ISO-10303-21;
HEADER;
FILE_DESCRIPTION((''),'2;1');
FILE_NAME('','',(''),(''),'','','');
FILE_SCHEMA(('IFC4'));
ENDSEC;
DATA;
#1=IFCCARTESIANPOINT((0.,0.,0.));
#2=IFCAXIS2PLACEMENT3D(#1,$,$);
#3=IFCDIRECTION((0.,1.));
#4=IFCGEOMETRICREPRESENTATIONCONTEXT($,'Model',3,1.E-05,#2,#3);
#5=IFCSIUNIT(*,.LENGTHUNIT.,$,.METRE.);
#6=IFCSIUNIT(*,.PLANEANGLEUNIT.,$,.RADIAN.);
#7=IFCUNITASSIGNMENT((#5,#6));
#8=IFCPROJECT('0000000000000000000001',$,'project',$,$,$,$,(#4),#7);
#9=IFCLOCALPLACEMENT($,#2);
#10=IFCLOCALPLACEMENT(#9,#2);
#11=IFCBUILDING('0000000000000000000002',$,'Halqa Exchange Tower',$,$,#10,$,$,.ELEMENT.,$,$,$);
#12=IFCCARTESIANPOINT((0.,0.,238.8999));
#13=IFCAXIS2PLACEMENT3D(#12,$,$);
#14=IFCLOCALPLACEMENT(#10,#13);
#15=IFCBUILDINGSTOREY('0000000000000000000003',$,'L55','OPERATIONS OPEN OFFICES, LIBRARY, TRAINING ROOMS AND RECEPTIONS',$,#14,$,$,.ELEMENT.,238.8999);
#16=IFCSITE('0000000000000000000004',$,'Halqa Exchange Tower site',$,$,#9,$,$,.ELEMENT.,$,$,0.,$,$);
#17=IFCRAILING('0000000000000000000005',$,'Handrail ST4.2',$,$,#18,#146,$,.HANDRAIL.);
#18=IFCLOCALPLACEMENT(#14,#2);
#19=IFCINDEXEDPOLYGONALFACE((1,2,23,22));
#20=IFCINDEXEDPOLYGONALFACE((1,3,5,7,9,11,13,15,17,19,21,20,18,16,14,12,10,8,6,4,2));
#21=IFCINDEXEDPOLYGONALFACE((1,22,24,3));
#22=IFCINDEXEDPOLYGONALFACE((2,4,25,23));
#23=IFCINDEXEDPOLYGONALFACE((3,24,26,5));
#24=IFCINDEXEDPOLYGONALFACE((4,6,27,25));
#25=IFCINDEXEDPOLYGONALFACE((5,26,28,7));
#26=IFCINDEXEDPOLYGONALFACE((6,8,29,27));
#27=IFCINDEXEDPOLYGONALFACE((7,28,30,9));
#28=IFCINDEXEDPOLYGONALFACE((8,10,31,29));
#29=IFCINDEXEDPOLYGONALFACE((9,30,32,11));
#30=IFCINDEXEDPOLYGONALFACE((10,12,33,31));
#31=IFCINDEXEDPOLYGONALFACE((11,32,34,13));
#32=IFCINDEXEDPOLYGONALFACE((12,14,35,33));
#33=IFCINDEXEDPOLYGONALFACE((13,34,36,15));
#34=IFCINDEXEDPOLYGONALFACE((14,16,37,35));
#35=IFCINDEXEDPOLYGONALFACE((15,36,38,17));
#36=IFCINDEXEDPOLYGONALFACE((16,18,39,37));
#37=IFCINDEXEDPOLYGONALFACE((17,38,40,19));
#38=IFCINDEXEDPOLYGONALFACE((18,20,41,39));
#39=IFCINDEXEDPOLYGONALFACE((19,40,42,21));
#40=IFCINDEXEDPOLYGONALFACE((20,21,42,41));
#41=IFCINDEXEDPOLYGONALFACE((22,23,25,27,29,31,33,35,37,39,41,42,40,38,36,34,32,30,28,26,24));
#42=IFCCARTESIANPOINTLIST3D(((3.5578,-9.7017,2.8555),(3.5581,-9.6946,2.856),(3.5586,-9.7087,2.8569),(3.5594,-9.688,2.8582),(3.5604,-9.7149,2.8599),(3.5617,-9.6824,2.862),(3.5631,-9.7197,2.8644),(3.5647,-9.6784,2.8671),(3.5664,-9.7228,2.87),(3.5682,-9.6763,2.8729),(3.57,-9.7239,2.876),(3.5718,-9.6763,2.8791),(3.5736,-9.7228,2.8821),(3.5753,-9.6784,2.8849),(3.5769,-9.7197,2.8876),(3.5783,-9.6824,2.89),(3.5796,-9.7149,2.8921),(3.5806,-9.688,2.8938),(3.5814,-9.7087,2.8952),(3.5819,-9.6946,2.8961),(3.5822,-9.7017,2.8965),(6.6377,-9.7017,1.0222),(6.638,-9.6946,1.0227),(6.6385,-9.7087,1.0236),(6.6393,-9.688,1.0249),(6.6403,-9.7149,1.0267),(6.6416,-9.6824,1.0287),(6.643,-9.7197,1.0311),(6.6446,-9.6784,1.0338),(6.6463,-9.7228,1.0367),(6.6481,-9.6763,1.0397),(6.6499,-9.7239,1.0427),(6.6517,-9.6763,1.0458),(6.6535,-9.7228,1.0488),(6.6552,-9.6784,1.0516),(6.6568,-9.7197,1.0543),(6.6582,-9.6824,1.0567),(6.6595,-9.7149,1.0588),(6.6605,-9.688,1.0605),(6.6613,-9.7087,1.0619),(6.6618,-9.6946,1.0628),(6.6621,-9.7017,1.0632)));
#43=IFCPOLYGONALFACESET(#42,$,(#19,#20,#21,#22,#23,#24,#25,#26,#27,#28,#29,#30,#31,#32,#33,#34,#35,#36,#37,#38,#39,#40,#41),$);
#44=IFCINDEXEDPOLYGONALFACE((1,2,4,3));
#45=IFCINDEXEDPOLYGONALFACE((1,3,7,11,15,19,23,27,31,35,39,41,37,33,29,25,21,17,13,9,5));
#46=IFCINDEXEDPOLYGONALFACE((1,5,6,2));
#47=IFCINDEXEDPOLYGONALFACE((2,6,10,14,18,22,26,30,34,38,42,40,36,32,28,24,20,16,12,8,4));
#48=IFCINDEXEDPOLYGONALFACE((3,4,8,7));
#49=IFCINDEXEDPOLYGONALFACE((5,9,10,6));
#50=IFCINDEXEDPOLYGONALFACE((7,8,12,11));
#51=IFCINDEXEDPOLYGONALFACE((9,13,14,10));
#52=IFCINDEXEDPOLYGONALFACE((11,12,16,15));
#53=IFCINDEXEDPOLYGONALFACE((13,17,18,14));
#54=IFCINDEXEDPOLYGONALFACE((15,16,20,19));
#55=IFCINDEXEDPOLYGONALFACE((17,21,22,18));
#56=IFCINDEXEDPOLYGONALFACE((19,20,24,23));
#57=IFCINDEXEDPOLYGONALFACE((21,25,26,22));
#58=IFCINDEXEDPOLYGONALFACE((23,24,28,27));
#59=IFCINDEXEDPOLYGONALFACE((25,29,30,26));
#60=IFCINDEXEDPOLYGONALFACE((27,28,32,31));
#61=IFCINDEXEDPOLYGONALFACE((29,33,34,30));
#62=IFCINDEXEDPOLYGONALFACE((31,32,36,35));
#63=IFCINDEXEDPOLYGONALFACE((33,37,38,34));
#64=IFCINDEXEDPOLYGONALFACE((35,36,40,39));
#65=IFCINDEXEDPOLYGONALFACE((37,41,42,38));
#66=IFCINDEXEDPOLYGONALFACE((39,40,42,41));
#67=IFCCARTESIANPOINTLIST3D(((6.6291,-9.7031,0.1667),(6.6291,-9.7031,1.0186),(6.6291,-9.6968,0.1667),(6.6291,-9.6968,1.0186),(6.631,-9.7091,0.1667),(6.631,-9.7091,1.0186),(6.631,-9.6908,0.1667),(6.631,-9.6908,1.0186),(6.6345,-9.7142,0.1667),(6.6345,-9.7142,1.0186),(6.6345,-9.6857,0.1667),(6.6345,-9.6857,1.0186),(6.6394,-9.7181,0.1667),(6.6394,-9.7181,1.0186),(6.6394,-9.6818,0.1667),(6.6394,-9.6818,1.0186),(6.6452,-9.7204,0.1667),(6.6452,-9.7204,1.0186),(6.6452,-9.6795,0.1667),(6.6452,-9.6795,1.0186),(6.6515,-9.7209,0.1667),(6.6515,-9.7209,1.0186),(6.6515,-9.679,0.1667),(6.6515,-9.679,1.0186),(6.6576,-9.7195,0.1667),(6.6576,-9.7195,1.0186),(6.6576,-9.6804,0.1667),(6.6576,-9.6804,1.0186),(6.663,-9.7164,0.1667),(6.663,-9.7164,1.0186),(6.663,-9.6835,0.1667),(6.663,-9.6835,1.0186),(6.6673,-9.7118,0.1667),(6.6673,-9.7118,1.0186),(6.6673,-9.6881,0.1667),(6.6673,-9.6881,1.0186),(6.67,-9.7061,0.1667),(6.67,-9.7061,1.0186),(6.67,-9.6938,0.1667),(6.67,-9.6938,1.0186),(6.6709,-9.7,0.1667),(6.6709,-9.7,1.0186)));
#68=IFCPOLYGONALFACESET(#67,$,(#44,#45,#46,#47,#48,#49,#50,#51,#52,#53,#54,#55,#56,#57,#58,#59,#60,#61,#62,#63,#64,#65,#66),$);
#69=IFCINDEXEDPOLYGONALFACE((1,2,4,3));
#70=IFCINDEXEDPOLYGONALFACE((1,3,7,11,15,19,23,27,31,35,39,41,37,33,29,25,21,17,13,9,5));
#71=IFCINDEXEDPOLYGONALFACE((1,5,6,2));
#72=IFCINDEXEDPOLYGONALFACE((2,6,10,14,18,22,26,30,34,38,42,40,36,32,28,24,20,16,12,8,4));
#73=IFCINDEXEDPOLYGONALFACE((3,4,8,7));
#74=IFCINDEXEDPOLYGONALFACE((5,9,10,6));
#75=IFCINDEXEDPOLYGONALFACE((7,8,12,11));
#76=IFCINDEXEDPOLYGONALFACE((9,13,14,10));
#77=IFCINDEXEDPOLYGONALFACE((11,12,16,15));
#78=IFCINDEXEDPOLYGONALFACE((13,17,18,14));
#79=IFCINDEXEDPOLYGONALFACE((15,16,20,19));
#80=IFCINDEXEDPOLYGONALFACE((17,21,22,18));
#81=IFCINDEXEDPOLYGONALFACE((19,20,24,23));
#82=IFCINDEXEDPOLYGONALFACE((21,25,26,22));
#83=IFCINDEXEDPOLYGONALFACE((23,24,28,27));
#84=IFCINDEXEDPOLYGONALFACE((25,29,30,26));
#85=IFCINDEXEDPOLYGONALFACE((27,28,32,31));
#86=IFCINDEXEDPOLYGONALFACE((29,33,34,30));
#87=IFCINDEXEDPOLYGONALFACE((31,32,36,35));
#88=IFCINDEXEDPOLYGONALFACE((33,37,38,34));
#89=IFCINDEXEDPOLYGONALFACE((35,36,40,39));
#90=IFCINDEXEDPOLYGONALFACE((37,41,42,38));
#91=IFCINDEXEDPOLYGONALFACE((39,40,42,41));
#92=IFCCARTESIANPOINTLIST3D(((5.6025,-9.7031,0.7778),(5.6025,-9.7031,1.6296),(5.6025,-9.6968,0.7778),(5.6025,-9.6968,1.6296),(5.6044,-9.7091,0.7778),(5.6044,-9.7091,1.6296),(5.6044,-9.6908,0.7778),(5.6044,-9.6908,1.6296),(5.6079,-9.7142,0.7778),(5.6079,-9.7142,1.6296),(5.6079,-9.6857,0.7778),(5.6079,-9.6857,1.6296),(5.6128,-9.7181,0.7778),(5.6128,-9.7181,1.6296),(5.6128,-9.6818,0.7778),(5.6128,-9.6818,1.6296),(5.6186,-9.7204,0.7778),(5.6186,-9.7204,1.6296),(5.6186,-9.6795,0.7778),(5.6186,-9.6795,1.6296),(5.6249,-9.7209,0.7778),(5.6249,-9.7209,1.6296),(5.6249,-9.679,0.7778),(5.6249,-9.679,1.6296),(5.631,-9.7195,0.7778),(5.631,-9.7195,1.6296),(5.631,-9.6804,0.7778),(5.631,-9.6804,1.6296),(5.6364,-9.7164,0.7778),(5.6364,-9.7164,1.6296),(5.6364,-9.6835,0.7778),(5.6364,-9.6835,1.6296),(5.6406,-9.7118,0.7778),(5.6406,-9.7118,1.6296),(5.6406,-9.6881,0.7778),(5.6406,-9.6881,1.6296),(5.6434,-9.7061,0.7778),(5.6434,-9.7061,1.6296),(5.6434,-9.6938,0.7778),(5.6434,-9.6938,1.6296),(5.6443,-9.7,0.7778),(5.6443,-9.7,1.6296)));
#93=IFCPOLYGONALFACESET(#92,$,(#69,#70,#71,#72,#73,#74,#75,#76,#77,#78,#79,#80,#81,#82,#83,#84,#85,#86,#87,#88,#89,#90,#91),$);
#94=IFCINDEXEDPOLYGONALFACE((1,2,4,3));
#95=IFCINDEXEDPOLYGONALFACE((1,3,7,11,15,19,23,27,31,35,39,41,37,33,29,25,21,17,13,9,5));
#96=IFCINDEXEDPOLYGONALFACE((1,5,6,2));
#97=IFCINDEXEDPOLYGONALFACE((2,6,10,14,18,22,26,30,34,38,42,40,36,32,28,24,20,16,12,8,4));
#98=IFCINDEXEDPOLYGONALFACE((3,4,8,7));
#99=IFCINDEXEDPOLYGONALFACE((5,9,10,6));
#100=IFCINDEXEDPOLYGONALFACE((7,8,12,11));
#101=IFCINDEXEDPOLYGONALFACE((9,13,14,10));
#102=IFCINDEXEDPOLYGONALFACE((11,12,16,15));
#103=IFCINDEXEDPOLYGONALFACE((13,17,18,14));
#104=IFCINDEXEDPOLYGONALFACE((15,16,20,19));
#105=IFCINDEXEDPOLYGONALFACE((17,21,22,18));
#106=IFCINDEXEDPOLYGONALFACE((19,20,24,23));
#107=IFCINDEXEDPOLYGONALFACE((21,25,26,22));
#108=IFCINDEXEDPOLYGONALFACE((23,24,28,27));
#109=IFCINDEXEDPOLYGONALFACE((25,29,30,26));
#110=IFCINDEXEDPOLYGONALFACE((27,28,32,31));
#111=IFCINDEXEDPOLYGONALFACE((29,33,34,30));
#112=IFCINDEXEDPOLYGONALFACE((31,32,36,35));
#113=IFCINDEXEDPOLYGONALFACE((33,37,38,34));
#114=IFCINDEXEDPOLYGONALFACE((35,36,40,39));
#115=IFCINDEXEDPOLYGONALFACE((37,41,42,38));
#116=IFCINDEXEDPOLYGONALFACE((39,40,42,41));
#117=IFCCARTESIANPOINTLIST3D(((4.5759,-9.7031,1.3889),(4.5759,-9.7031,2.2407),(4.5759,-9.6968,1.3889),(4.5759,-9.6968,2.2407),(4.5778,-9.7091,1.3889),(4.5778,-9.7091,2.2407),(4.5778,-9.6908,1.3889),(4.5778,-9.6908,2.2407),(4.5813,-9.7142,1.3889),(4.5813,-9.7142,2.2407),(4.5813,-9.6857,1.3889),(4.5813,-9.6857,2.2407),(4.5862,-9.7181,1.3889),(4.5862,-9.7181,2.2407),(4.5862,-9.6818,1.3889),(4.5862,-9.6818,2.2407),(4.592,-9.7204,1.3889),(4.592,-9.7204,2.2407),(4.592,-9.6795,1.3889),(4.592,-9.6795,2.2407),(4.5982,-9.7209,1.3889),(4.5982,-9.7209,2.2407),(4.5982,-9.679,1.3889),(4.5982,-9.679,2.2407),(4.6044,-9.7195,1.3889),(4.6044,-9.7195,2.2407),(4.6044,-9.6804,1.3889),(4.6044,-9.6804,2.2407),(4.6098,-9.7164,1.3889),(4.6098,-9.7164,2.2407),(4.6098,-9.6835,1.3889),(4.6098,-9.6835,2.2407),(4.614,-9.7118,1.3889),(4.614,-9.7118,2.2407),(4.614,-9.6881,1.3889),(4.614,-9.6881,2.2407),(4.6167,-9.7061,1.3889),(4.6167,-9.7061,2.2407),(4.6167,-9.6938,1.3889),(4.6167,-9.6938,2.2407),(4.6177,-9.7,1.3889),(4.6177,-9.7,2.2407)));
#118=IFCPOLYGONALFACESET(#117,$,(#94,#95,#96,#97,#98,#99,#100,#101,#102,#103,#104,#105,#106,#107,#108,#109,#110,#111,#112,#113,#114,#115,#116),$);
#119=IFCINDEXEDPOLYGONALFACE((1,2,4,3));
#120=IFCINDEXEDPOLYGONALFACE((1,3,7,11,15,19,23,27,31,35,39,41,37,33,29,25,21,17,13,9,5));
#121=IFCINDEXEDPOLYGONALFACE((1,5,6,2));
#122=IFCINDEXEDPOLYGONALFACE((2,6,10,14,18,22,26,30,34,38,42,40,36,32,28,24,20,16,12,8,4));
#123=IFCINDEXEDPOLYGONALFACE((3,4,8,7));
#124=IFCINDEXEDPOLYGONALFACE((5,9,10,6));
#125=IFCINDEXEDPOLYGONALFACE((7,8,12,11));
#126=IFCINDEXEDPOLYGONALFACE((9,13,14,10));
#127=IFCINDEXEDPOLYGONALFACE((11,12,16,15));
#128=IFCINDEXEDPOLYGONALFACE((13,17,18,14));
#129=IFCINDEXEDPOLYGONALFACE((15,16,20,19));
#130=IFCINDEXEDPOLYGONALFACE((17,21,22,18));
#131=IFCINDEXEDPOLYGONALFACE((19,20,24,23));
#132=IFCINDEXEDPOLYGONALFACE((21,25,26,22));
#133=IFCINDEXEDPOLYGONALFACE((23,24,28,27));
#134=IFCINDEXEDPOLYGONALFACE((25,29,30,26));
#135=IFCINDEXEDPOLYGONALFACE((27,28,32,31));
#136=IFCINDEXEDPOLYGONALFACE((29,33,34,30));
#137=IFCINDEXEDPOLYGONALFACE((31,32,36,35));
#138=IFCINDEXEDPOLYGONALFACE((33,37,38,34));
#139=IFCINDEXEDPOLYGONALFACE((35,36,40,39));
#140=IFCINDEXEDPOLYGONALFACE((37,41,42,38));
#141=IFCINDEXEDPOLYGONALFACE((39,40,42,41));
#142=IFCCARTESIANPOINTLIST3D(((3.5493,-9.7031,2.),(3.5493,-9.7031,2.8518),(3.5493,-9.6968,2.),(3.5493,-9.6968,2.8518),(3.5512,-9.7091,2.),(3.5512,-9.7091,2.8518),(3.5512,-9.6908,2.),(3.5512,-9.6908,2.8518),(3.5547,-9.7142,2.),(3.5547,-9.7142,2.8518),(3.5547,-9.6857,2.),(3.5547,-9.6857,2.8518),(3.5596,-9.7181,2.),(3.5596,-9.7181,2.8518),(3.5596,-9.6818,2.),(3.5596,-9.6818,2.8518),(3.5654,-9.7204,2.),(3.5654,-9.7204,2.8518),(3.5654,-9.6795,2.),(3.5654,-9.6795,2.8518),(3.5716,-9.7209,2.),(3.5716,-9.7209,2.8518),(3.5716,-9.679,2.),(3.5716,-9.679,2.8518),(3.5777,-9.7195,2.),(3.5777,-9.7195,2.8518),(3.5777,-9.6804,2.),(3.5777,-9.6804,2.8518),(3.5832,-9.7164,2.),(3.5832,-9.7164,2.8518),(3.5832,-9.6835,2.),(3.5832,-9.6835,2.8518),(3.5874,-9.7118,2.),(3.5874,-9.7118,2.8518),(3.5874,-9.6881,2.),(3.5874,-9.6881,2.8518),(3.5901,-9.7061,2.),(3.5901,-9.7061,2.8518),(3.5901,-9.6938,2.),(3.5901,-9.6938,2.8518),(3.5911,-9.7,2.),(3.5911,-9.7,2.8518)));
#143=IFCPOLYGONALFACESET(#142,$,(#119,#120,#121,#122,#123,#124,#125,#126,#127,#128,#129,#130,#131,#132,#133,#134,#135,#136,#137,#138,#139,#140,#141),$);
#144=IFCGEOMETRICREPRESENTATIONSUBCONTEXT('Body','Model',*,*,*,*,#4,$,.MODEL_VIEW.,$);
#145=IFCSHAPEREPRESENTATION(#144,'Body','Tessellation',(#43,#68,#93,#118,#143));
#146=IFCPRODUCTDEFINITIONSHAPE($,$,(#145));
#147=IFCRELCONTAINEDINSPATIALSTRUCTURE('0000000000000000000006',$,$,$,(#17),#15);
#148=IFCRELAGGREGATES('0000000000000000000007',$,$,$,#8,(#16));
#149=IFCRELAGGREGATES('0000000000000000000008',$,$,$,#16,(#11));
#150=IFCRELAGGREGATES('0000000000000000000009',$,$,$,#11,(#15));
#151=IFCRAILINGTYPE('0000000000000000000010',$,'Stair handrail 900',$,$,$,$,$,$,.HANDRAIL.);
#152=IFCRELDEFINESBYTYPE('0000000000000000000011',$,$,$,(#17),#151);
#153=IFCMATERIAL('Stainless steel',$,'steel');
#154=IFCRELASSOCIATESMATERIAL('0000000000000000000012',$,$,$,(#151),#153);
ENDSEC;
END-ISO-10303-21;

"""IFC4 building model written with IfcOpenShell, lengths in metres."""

from ifc_helpers import new_model, si_unit, direction, frame, origin, origin_2d, place, context, subcontext, project, spatial, circle, extrude, material, type_object, element, save


model = new_model("IFC4")

# Units and contexts
model_context = context("Model", 3, precision=1e-05, world=origin(), true_north=direction((0.0, 1.0)))
body_context = subcontext(model_context, "Body", "Model", "MODEL_VIEW")
ifc_project = project(units=[si_unit("LENGTHUNIT", "METRE"), si_unit("PLANEANGLEUNIT", "RADIAN")], contexts=[model_context])

# Site, building, storey
site_placement = place(None, origin())
site = spatial("IfcSite", under=ifc_project, at=site_placement, Name="Halqa Exchange Tower site", CompositionType="ELEMENT", RefElevation=0.0)
building_placement = place(site_placement, origin())
building = spatial("IfcBuilding", under=site, at=building_placement, Name="Halqa Exchange Tower", CompositionType="ELEMENT")
storey_placement = place(building_placement, frame((0.0, 0.0, 238.8999)))
storey = spatial("IfcBuildingStorey", under=building, at=storey_placement, Name="L55", Description="OPERATIONS OPEN OFFICES, LIBRARY, TRAINING ROOMS AND RECEPTIONS", CompositionType="ELEMENT", Elevation=238.8999)

# Railing
ifc_material_1 = material(Name="Stainless steel", Category="steel")
railing_type_1 = type_object("IfcRailingType", Name="Stair handrail 900", PredefinedType="HANDRAIL", material=ifc_material_1)
railing_1_placement = place(storey_placement, frame((6.6499, -9.7, 0.1667)))
element("IfcRailing", 1, at=railing_1_placement, inside=storey, type_object=railing_type_1, Name="Handrail ST4.2", PredefinedType="HANDRAIL", context=body_context, shape_type="SweptSolid", body=[
    extrude(circle(Radius=0.0239, at=origin_2d()), frame((0.0, 0.0, 0.876), z_axis=(-0.859291, 0.0, 0.511487), x_axis=(0.0, -1.0, 0.0)), (0.0, 0.0, 1.0), 3.5842),
    extrude(circle(Radius=0.021, at=origin_2d()), origin(), (0.0, 0.0, 1.0), 0.8518),
    extrude(circle(Radius=0.021, at=origin_2d()), frame((-1.0266, 0.0, 0.6111)), (0.0, 0.0, 1.0), 0.8518),
    extrude(circle(Radius=0.021, at=origin_2d()), frame((-2.0532, 0.0, 1.2222)), (0.0, 0.0, 1.0), 0.8518),
    extrude(circle(Radius=0.021, at=origin_2d()), frame((-3.0798, 0.0, 1.8333)), (0.0, 0.0, 1.0), 0.8518),
])

save(model, "model.ifc")
